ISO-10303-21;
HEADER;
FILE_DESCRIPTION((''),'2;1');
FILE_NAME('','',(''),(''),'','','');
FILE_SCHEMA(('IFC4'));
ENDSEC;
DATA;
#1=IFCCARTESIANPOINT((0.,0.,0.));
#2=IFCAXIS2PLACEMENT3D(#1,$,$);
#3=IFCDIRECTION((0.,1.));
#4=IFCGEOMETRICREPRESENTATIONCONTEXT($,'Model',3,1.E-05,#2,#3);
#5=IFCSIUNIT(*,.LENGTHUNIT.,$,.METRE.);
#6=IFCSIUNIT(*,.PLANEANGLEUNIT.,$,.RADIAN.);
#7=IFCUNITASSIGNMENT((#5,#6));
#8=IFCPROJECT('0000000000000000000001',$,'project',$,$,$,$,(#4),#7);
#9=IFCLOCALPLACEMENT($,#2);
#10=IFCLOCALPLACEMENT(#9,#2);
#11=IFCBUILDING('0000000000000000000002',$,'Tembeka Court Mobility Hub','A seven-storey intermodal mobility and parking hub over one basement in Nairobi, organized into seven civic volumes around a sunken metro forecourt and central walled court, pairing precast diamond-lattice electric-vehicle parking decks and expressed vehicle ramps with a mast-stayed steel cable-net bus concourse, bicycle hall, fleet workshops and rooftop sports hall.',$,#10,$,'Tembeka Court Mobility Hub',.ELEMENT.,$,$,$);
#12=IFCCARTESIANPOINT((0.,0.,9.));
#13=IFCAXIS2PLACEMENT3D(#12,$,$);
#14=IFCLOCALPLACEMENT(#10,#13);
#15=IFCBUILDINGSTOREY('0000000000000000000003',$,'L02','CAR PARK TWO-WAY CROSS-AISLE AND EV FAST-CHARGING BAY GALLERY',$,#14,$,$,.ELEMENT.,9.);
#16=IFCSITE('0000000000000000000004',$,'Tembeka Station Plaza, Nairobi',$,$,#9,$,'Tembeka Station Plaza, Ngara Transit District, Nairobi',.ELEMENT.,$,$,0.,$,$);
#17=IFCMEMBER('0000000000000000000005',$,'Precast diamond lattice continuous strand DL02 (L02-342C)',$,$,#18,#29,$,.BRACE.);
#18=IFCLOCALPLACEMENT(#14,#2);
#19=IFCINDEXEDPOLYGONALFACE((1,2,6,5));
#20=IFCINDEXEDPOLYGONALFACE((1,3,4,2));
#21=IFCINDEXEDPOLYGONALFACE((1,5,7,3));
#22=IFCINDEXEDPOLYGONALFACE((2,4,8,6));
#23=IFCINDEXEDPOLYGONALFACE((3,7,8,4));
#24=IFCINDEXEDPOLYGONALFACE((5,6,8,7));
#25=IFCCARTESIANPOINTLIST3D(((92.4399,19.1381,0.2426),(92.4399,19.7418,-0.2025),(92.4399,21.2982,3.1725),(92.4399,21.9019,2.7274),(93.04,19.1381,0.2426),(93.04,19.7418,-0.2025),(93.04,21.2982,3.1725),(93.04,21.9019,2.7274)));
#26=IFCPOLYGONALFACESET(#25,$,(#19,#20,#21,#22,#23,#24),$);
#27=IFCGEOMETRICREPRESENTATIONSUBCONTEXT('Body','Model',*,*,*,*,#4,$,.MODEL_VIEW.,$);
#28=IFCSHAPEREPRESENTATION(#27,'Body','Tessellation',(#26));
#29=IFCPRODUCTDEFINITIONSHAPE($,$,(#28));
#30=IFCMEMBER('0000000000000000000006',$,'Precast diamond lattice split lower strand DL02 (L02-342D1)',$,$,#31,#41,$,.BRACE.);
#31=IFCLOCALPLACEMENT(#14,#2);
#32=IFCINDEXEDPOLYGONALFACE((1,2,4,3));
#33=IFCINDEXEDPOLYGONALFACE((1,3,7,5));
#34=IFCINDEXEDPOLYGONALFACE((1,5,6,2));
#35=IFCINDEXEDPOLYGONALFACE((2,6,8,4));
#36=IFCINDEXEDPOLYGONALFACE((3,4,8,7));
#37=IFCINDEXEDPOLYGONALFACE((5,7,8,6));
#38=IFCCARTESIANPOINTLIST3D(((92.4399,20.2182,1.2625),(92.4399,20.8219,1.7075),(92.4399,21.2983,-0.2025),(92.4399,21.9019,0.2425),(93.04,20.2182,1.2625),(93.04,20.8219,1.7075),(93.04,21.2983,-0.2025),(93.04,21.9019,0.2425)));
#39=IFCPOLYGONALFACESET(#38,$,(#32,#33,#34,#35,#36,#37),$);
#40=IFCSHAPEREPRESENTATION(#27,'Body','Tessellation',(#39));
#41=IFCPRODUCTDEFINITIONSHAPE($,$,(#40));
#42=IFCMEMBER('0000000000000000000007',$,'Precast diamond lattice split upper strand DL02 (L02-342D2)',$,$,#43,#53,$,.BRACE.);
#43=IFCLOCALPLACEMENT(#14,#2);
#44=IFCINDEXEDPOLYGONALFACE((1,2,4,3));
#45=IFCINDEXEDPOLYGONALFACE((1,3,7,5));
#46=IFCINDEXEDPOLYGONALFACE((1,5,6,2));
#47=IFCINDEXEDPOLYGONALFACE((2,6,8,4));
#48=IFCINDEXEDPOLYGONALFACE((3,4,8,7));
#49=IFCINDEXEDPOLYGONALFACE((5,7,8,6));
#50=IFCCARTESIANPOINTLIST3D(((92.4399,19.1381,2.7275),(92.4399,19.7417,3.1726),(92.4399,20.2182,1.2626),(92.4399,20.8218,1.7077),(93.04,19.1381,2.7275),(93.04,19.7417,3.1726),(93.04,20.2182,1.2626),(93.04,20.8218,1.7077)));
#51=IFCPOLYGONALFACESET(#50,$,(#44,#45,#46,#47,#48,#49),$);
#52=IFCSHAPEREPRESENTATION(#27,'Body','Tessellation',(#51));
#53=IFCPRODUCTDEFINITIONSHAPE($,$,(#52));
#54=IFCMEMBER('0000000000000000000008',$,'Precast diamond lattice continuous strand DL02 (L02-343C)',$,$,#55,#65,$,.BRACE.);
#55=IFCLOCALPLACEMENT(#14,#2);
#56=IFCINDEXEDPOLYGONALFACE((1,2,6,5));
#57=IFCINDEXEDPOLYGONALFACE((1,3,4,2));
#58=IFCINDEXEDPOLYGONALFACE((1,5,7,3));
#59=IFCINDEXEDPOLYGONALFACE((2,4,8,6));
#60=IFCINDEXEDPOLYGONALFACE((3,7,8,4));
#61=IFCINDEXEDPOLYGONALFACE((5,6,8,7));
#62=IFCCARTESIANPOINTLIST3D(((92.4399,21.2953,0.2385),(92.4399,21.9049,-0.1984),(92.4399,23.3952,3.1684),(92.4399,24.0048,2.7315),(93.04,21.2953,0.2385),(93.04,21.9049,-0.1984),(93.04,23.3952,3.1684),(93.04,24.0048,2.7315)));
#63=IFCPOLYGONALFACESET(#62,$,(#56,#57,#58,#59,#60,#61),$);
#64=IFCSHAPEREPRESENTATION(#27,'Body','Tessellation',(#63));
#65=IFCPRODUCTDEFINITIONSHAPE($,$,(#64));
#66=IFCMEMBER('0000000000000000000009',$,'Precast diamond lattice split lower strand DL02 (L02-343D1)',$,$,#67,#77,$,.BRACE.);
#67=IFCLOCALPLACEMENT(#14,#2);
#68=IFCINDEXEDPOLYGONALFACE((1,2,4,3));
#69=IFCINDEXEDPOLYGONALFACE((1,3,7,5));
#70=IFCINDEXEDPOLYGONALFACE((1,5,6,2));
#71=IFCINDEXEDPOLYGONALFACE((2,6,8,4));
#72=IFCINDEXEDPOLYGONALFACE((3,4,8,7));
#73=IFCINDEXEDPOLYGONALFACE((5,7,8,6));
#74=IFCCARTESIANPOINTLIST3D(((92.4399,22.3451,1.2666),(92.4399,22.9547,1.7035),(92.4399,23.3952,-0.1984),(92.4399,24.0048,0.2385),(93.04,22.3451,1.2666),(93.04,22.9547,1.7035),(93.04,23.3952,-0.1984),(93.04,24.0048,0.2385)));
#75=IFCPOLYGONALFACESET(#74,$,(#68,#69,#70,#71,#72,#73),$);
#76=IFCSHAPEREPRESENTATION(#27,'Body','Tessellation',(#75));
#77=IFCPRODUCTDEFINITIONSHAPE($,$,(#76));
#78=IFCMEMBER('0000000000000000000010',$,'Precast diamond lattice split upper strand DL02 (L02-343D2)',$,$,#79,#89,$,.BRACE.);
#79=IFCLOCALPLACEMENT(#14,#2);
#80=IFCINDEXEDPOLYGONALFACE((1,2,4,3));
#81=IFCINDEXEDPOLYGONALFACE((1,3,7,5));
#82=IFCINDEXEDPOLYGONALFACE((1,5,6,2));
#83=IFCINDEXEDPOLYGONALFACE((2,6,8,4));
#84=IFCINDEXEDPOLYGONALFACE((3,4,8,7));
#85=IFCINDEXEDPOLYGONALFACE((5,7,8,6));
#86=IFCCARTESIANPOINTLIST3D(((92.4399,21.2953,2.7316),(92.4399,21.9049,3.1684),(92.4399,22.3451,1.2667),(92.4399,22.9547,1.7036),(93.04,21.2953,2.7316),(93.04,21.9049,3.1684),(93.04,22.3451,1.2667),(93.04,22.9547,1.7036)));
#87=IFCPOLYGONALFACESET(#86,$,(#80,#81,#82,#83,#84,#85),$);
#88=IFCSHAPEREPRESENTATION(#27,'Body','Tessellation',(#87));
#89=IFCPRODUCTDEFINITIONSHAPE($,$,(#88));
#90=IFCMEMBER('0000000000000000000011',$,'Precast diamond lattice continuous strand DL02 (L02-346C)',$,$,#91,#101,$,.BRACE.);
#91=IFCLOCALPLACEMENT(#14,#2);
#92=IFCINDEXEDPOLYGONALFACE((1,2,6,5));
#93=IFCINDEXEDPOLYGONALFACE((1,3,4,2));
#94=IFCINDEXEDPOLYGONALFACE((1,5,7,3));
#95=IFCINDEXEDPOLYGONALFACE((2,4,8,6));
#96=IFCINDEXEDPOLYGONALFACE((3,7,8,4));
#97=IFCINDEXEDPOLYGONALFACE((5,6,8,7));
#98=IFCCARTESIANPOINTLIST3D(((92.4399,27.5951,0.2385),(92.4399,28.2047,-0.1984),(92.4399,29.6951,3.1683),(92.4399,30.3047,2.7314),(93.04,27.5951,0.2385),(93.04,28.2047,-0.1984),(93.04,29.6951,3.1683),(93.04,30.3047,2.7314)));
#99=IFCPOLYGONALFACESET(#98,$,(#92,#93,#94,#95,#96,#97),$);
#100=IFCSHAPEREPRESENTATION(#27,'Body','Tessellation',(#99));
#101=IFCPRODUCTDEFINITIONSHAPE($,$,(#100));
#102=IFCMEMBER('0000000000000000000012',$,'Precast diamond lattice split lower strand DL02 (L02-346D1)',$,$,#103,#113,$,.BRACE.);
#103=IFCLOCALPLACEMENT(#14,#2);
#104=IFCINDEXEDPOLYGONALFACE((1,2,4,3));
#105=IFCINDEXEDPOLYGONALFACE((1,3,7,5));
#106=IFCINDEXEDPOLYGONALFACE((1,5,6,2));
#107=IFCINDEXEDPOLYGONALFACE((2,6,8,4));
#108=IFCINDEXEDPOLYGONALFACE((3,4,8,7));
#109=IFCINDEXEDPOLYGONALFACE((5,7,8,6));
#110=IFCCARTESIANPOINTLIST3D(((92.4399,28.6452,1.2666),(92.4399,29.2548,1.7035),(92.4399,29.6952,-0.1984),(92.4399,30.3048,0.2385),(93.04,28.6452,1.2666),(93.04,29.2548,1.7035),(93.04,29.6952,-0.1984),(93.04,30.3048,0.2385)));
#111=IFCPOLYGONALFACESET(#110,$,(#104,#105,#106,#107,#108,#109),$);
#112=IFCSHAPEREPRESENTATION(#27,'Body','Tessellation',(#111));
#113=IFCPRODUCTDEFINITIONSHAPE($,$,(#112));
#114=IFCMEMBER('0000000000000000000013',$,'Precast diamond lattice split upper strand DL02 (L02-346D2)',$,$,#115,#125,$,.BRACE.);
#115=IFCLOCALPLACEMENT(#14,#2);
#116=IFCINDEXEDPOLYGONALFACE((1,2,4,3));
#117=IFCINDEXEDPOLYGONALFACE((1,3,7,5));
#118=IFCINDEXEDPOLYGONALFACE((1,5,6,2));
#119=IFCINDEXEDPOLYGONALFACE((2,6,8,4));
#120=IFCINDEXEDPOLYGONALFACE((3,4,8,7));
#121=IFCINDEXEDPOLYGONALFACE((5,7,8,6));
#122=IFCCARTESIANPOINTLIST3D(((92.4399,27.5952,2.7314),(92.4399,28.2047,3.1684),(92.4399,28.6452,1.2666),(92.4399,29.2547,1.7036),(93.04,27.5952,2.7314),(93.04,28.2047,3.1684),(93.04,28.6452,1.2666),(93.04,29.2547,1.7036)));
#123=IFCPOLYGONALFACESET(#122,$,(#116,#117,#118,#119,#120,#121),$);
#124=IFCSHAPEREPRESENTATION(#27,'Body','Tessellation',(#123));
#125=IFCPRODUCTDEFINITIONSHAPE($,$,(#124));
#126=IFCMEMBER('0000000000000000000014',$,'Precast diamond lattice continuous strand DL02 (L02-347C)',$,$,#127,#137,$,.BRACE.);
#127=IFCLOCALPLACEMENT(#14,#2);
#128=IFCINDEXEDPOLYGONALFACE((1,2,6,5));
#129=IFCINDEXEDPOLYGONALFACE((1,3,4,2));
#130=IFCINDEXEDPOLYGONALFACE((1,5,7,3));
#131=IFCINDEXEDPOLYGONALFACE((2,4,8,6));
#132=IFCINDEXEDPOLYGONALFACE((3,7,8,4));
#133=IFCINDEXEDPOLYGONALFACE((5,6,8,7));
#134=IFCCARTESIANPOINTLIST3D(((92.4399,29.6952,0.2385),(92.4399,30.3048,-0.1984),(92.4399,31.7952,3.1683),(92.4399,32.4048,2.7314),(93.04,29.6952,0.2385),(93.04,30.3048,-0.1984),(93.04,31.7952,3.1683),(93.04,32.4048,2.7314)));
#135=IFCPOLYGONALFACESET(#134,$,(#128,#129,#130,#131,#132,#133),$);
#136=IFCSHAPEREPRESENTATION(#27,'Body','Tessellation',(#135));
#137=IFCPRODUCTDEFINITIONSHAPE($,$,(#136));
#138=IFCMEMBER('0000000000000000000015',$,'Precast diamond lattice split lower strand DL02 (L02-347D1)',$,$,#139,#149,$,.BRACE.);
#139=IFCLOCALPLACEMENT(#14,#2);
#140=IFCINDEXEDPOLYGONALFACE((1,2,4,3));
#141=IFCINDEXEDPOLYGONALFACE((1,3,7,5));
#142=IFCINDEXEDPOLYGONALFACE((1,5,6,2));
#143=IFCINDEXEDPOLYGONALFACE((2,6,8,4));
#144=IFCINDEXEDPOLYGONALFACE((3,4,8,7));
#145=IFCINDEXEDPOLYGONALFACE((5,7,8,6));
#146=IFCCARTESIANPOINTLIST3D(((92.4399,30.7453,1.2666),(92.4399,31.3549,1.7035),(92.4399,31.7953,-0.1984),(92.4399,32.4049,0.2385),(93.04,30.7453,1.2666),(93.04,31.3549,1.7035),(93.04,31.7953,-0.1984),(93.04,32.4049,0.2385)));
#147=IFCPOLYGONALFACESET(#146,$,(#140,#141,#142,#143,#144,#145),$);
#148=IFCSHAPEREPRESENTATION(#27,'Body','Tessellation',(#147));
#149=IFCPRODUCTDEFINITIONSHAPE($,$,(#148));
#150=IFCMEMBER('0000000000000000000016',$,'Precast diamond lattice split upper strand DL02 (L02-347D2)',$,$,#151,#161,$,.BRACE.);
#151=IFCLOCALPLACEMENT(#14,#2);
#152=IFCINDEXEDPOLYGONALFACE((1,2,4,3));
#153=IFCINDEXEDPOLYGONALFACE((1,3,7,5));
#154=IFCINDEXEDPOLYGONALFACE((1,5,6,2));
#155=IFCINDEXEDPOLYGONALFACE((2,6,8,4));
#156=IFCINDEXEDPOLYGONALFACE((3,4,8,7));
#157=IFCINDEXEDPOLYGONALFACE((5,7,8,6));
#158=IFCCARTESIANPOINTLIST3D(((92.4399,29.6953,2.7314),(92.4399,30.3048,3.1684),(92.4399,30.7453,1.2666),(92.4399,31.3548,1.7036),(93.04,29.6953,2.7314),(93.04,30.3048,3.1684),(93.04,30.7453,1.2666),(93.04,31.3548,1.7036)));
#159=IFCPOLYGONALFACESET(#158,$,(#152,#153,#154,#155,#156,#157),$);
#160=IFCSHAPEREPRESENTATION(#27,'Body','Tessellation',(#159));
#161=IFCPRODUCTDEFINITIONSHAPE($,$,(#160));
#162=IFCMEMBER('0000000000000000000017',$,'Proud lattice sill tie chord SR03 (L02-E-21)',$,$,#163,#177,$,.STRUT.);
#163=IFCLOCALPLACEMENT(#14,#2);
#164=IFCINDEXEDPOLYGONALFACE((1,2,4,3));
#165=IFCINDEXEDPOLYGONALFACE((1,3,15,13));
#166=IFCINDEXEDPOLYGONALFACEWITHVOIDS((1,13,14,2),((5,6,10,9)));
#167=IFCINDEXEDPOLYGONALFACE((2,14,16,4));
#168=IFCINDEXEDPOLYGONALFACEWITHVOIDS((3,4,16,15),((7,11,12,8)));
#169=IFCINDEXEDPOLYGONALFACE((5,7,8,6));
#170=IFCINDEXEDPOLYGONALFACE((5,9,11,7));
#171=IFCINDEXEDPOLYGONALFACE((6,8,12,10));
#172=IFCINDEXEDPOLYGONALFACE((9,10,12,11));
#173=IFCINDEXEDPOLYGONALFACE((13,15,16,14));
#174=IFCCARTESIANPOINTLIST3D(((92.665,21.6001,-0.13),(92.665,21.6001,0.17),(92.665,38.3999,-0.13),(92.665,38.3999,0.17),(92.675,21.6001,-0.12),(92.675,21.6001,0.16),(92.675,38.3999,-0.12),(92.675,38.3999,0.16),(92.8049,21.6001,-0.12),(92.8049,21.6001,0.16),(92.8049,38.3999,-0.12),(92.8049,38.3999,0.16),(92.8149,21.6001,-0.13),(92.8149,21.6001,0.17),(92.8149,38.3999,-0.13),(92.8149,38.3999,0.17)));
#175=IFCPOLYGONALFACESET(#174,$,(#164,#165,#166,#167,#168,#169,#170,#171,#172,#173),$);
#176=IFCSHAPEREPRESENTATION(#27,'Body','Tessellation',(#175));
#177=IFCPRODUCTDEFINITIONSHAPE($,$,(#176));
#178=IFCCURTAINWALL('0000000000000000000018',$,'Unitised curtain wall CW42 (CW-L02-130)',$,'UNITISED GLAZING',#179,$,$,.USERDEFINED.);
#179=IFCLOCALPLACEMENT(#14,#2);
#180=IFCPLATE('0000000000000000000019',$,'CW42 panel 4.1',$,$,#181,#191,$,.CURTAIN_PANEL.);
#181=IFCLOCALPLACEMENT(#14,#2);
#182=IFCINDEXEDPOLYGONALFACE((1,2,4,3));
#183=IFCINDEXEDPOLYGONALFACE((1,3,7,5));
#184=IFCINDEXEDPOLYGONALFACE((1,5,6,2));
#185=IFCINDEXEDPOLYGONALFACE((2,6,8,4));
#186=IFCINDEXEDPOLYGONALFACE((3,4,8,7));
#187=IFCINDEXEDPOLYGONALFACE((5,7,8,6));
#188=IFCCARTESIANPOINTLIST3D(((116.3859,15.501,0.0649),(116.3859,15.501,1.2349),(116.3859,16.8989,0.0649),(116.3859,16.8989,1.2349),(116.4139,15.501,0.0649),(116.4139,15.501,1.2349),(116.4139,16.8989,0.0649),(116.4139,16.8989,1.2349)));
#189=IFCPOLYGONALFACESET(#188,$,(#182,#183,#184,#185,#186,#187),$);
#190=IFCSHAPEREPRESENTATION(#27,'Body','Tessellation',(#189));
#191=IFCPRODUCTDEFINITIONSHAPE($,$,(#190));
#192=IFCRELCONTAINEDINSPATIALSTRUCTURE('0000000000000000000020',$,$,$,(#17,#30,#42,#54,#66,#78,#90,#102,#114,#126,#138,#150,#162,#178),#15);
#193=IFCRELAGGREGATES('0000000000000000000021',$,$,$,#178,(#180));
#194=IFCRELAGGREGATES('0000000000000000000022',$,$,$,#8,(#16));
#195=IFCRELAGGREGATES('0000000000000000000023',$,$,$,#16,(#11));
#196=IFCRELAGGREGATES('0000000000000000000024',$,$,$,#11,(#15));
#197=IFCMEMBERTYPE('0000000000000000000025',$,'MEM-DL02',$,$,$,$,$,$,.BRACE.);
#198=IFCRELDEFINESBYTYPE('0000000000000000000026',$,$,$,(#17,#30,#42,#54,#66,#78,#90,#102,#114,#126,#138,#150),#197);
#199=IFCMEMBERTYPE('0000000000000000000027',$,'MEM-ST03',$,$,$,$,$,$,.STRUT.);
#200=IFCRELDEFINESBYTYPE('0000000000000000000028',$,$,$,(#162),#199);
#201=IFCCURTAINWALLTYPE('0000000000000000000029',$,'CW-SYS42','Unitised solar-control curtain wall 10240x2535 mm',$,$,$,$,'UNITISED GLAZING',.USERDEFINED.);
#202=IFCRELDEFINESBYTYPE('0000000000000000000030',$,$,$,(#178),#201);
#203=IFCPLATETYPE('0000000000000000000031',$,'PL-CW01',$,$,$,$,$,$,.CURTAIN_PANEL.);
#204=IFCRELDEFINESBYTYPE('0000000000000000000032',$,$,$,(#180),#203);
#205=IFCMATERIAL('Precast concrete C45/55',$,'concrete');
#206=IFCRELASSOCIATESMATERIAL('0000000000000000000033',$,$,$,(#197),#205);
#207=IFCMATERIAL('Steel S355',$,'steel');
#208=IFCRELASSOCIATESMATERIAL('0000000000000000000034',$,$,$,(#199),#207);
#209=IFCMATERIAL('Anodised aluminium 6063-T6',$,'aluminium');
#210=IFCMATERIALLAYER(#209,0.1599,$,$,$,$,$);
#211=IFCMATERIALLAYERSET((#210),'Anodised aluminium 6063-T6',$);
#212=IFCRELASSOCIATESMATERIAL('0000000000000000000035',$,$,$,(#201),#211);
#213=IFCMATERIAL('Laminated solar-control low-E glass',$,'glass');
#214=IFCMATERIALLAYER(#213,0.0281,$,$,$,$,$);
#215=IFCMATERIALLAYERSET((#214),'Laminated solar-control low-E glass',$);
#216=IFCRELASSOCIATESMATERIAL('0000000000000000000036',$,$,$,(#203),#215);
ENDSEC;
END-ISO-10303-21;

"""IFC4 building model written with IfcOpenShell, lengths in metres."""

from ifc_helpers import new_model, si_unit, direction, frame, origin, origin_2d, place, context, subcontext, project, spatial, rectangle, hollow_rectangle, extrude, material, layer, layer_set, material_profile, profile_set, type_object, element, aggregate, save


model = new_model("IFC4")

# Units and contexts
model_context = context("Model", 3, precision=1e-05, world=origin(), true_north=direction((0.0, 1.0)))
body_context = subcontext(model_context, "Body", "Model", "MODEL_VIEW")
ifc_project = project(units=[si_unit("LENGTHUNIT", "METRE"), si_unit("PLANEANGLEUNIT", "RADIAN")], contexts=[model_context])

# Site, building, storey
site_placement = place(None, origin())
site = spatial("IfcSite", under=ifc_project, at=site_placement, Name="Tembeka Station Plaza, Nairobi", LongName="Tembeka Station Plaza, Ngara Transit District, Nairobi", CompositionType="ELEMENT", RefElevation=0.0)
building_placement = place(site_placement, origin())
building = spatial("IfcBuilding", under=site, at=building_placement, Name="Tembeka Court Mobility Hub", Description="A seven-storey intermodal mobility and parking hub over one basement in Nairobi, organized into seven civic volumes around a sunken metro forecourt and central walled court, pairing precast diamond-lattice electric-vehicle parking decks and expressed vehicle ramps with a mast-stayed steel cable-net bus concourse, bicycle hall, fleet workshops and rooftop sports hall.", LongName="Tembeka Court Mobility Hub", CompositionType="ELEMENT")
storey_placement = place(building_placement, frame((0.0, 0.0, 9.0)))
storey = spatial("IfcBuildingStorey", under=building, at=storey_placement, Name="L02", Description="CAR PARK TWO-WAY CROSS-AISLE AND EV FAST-CHARGING BAY GALLERY", CompositionType="ELEMENT", Elevation=9.0)

# Members
ifc_material_1 = material(Name="Precast concrete C45/55", Category="concrete")
ifc_material_profile_1 = material_profile(ifc_material_1, rectangle(XDim=0.6001, YDim=0.75, at=origin_2d()), Name="PC-DIAG 600x750")
ifc_profile_set_1 = profile_set([ifc_material_profile_1], Name="Precast concrete C45/55")
member_type_1 = type_object("IfcMemberType", Name="MEM-DL02", PredefinedType="BRACE", material=ifc_profile_set_1)
member_1_placement = place(storey_placement, frame((92.74, 19.4399, 0.02), z_axis=(0.0, 0.593423, 0.804891), x_axis=(-1.0, 0.0, 0.0)))
element("IfcMember", 1, at=member_1_placement, inside=storey, type_object=member_type_1, Name="Precast diamond lattice continuous strand DL02 (L02-342C)", PredefinedType="BRACE", context=body_context, shape_type="SweptSolid", body=[
    extrude(rectangle(XDim=0.6001, YDim=0.75, at=origin_2d()), origin(), (0.0, 0.0, 1.0), 3.6401),
])
for number, where, z_axis, x_axis, name in (
    (2, (92.74, 21.6001, 0.02), (0.0, -0.593391, 0.804914), (1.0, 0.0, 0.0), "Precast diamond lattice split lower strand DL02 (L02-342D1)"),
    (3, (92.74, 20.52, 1.4851), (0.0, -0.593455, 0.804867), (1.0, 0.0, 0.0), "Precast diamond lattice split upper strand DL02 (L02-342D2)"),
):
    element("IfcMember", number, at=place(storey_placement, frame(where, z_axis=z_axis, x_axis=x_axis)), inside=storey, type_object=member_type_1, Name=name, PredefinedType="BRACE", context=body_context, shape_type="SweptSolid", body=[
        extrude(rectangle(XDim=0.6001, YDim=0.75, at=origin_2d()), origin(), (0.0, 0.0, 1.0), 1.8201),
    ])
member_2_placement = place(storey_placement, frame((92.74, 21.6001, 0.02), z_axis=(0.0, 0.582532, 0.812808), x_axis=(-1.0, 0.0, 0.0)))
element("IfcMember", 4, at=member_2_placement, inside=storey, type_object=member_type_1, Name="Precast diamond lattice continuous strand DL02 (L02-343C)", PredefinedType="BRACE", context=body_context, shape_type="SweptSolid", body=[
    extrude(rectangle(XDim=0.6001, YDim=0.75, at=origin_2d()), origin(), (0.0, 0.0, 1.0), 3.6047),
])
member_3_placement = place(storey_placement, frame((92.74, 23.7, 0.02), z_axis=(0.0, -0.582544, 0.812799), x_axis=(1.0, 0.0, 0.0)))
element("IfcMember", 5, at=member_3_placement, inside=storey, type_object=member_type_1, Name="Precast diamond lattice split lower strand DL02 (L02-343D1)", PredefinedType="BRACE", context=body_context, shape_type="SweptSolid", body=[
    extrude(rectangle(XDim=0.6001, YDim=0.75, at=origin_2d()), origin(), (0.0, 0.0, 1.0), 1.8025),
])
member_4_placement = place(storey_placement, frame((92.74, 22.6499, 1.4851), z_axis=(0.0, -0.582519, 0.812817), x_axis=(1.0, 0.0, 0.0)))
element("IfcMember", 6, at=member_4_placement, inside=storey, type_object=member_type_1, Name="Precast diamond lattice split upper strand DL02 (L02-343D2)", PredefinedType="BRACE", context=body_context, shape_type="SweptSolid", body=[
    extrude(rectangle(XDim=0.6001, YDim=0.75, at=origin_2d()), origin(), (0.0, 0.0, 1.0), 1.8022),
])
member_5_placement = place(storey_placement, frame((92.74, 27.8999, 0.02), z_axis=(0.0, 0.582576, 0.812776), x_axis=(-1.0, 0.0, 0.0)))
element("IfcMember", 7, at=member_5_placement, inside=storey, type_object=member_type_1, Name="Precast diamond lattice continuous strand DL02 (L02-346C)", PredefinedType="BRACE", context=body_context, shape_type="SweptSolid", body=[
    extrude(rectangle(XDim=0.6001, YDim=0.75, at=origin_2d()), origin(), (0.0, 0.0, 1.0), 3.6047),
])
member_6_placement = place(storey_placement, frame((92.74, 30.0, 0.02), z_axis=(0.0, -0.582544, 0.812799), x_axis=(1.0, 0.0, 0.0)))
element("IfcMember", 8, at=member_6_placement, inside=storey, type_object=member_type_1, Name="Precast diamond lattice split lower strand DL02 (L02-346D1)", PredefinedType="BRACE", context=body_context, shape_type="SweptSolid", body=[
    extrude(rectangle(XDim=0.6001, YDim=0.75, at=origin_2d()), origin(), (0.0, 0.0, 1.0), 1.8025),
])
member_7_placement = place(storey_placement, frame((92.74, 28.95, 1.4851), z_axis=(0.0, -0.582608, 0.812753), x_axis=(1.0, 0.0, 0.0)))
element("IfcMember", 9, at=member_7_placement, inside=storey, type_object=member_type_1, Name="Precast diamond lattice split upper strand DL02 (L02-346D2)", PredefinedType="BRACE", context=body_context, shape_type="SweptSolid", body=[
    extrude(rectangle(XDim=0.6001, YDim=0.75, at=origin_2d()), origin(), (0.0, 0.0, 1.0), 1.8022),
])
member_8_placement = place(storey_placement, frame((92.74, 30.0, 0.02), z_axis=(0.0, 0.582576, 0.812776), x_axis=(-1.0, 0.0, 0.0)))
element("IfcMember", 10, at=member_8_placement, inside=storey, type_object=member_type_1, Name="Precast diamond lattice continuous strand DL02 (L02-347C)", PredefinedType="BRACE", context=body_context, shape_type="SweptSolid", body=[
    extrude(rectangle(XDim=0.6001, YDim=0.75, at=origin_2d()), origin(), (0.0, 0.0, 1.0), 3.6047),
])
member_9_placement = place(storey_placement, frame((92.74, 32.1001, 0.02), z_axis=(0.0, -0.582544, 0.812799), x_axis=(1.0, 0.0, 0.0)))
element("IfcMember", 11, at=member_9_placement, inside=storey, type_object=member_type_1, Name="Precast diamond lattice split lower strand DL02 (L02-347D1)", PredefinedType="BRACE", context=body_context, shape_type="SweptSolid", body=[
    extrude(rectangle(XDim=0.6001, YDim=0.75, at=origin_2d()), origin(), (0.0, 0.0, 1.0), 1.8025),
])
member_10_placement = place(storey_placement, frame((92.74, 31.05, 1.4851), z_axis=(0.0, -0.582608, 0.812753), x_axis=(1.0, 0.0, 0.0)))
element("IfcMember", 12, at=member_10_placement, inside=storey, type_object=member_type_1, Name="Precast diamond lattice split upper strand DL02 (L02-347D2)", PredefinedType="BRACE", context=body_context, shape_type="SweptSolid", body=[
    extrude(rectangle(XDim=0.6001, YDim=0.75, at=origin_2d()), origin(), (0.0, 0.0, 1.0), 1.8022),
])
ifc_material_2 = material(Name="Steel S355", Category="steel")
ifc_material_profile_2 = material_profile(ifc_material_2, hollow_rectangle(XDim=0.1499, YDim=0.3, WallThickness=0.01, at=origin_2d()), Name="RHS 300x150x10")
ifc_profile_set_2 = profile_set([ifc_material_profile_2], Name="Steel S355")
member_type_2 = type_object("IfcMemberType", Name="MEM-ST03", PredefinedType="STRUT", material=ifc_profile_set_2)
member_11_placement = place(storey_placement, frame((92.74, 21.6001, 0.02), z_axis=(0.0, 1.0, 0.0), x_axis=(-1.0, 0.0, 0.0)))
element("IfcMember", 13, at=member_11_placement, inside=storey, type_object=member_type_2, Name="Proud lattice sill tie chord SR03 (L02-E-21)", PredefinedType="STRUT", context=body_context, shape_type="SweptSolid", body=[
    extrude(hollow_rectangle(XDim=0.1499, YDim=0.3, WallThickness=0.01, at=origin_2d()), origin(), (0.0, 0.0, 1.0), 16.7998),
])

# Curtain wall, plate
ifc_material_3 = material(Name="Anodised aluminium 6063-T6", Category="aluminium")
ifc_layer_1 = layer(ifc_material_3, 0.1599)
ifc_layer_set_1 = layer_set([ifc_layer_1], Name="Anodised aluminium 6063-T6")
curtain_wall_type = type_object("IfcCurtainWallType", Name="CW-SYS42", Description="Unitised solar-control curtain wall 10240x2535 mm", ElementType="UNITISED GLAZING", PredefinedType="USERDEFINED", material=ifc_layer_set_1)
curtain_wall_placement = place(storey_placement, origin())
curtain_wall = element("IfcCurtainWall", 14, at=curtain_wall_placement, inside=storey, type_object=curtain_wall_type, Name="Unitised curtain wall CW42 (CW-L02-130)", ObjectType="UNITISED GLAZING", PredefinedType="USERDEFINED")
ifc_material_4 = material(Name="Laminated solar-control low-E glass", Category="glass")
ifc_layer_2 = layer(ifc_material_4, 0.0281)
ifc_layer_set_2 = layer_set([ifc_layer_2], Name="Laminated solar-control low-E glass")
plate_type_1 = type_object("IfcPlateType", Name="PL-CW01", PredefinedType="CURTAIN_PANEL", material=ifc_layer_set_2)
plate_placement = place(storey_placement, frame((116.3999, 16.2, 0.0649), z_axis=(0.0, 0.0, 1.0), x_axis=(0.0, 1.0, 0.0)))
plate = element("IfcPlate", 15, at=plate_placement, type_object=plate_type_1, Name="CW42 panel 4.1", PredefinedType="CURTAIN_PANEL", context=body_context, shape_type="SweptSolid", body=[
    extrude(rectangle(XDim=1.3979, YDim=0.0281, at=origin_2d()), origin(), (0.0, 0.0, 1.0), 1.1699),
])
aggregate(curtain_wall, [plate])

save(model, "model.ifc")
